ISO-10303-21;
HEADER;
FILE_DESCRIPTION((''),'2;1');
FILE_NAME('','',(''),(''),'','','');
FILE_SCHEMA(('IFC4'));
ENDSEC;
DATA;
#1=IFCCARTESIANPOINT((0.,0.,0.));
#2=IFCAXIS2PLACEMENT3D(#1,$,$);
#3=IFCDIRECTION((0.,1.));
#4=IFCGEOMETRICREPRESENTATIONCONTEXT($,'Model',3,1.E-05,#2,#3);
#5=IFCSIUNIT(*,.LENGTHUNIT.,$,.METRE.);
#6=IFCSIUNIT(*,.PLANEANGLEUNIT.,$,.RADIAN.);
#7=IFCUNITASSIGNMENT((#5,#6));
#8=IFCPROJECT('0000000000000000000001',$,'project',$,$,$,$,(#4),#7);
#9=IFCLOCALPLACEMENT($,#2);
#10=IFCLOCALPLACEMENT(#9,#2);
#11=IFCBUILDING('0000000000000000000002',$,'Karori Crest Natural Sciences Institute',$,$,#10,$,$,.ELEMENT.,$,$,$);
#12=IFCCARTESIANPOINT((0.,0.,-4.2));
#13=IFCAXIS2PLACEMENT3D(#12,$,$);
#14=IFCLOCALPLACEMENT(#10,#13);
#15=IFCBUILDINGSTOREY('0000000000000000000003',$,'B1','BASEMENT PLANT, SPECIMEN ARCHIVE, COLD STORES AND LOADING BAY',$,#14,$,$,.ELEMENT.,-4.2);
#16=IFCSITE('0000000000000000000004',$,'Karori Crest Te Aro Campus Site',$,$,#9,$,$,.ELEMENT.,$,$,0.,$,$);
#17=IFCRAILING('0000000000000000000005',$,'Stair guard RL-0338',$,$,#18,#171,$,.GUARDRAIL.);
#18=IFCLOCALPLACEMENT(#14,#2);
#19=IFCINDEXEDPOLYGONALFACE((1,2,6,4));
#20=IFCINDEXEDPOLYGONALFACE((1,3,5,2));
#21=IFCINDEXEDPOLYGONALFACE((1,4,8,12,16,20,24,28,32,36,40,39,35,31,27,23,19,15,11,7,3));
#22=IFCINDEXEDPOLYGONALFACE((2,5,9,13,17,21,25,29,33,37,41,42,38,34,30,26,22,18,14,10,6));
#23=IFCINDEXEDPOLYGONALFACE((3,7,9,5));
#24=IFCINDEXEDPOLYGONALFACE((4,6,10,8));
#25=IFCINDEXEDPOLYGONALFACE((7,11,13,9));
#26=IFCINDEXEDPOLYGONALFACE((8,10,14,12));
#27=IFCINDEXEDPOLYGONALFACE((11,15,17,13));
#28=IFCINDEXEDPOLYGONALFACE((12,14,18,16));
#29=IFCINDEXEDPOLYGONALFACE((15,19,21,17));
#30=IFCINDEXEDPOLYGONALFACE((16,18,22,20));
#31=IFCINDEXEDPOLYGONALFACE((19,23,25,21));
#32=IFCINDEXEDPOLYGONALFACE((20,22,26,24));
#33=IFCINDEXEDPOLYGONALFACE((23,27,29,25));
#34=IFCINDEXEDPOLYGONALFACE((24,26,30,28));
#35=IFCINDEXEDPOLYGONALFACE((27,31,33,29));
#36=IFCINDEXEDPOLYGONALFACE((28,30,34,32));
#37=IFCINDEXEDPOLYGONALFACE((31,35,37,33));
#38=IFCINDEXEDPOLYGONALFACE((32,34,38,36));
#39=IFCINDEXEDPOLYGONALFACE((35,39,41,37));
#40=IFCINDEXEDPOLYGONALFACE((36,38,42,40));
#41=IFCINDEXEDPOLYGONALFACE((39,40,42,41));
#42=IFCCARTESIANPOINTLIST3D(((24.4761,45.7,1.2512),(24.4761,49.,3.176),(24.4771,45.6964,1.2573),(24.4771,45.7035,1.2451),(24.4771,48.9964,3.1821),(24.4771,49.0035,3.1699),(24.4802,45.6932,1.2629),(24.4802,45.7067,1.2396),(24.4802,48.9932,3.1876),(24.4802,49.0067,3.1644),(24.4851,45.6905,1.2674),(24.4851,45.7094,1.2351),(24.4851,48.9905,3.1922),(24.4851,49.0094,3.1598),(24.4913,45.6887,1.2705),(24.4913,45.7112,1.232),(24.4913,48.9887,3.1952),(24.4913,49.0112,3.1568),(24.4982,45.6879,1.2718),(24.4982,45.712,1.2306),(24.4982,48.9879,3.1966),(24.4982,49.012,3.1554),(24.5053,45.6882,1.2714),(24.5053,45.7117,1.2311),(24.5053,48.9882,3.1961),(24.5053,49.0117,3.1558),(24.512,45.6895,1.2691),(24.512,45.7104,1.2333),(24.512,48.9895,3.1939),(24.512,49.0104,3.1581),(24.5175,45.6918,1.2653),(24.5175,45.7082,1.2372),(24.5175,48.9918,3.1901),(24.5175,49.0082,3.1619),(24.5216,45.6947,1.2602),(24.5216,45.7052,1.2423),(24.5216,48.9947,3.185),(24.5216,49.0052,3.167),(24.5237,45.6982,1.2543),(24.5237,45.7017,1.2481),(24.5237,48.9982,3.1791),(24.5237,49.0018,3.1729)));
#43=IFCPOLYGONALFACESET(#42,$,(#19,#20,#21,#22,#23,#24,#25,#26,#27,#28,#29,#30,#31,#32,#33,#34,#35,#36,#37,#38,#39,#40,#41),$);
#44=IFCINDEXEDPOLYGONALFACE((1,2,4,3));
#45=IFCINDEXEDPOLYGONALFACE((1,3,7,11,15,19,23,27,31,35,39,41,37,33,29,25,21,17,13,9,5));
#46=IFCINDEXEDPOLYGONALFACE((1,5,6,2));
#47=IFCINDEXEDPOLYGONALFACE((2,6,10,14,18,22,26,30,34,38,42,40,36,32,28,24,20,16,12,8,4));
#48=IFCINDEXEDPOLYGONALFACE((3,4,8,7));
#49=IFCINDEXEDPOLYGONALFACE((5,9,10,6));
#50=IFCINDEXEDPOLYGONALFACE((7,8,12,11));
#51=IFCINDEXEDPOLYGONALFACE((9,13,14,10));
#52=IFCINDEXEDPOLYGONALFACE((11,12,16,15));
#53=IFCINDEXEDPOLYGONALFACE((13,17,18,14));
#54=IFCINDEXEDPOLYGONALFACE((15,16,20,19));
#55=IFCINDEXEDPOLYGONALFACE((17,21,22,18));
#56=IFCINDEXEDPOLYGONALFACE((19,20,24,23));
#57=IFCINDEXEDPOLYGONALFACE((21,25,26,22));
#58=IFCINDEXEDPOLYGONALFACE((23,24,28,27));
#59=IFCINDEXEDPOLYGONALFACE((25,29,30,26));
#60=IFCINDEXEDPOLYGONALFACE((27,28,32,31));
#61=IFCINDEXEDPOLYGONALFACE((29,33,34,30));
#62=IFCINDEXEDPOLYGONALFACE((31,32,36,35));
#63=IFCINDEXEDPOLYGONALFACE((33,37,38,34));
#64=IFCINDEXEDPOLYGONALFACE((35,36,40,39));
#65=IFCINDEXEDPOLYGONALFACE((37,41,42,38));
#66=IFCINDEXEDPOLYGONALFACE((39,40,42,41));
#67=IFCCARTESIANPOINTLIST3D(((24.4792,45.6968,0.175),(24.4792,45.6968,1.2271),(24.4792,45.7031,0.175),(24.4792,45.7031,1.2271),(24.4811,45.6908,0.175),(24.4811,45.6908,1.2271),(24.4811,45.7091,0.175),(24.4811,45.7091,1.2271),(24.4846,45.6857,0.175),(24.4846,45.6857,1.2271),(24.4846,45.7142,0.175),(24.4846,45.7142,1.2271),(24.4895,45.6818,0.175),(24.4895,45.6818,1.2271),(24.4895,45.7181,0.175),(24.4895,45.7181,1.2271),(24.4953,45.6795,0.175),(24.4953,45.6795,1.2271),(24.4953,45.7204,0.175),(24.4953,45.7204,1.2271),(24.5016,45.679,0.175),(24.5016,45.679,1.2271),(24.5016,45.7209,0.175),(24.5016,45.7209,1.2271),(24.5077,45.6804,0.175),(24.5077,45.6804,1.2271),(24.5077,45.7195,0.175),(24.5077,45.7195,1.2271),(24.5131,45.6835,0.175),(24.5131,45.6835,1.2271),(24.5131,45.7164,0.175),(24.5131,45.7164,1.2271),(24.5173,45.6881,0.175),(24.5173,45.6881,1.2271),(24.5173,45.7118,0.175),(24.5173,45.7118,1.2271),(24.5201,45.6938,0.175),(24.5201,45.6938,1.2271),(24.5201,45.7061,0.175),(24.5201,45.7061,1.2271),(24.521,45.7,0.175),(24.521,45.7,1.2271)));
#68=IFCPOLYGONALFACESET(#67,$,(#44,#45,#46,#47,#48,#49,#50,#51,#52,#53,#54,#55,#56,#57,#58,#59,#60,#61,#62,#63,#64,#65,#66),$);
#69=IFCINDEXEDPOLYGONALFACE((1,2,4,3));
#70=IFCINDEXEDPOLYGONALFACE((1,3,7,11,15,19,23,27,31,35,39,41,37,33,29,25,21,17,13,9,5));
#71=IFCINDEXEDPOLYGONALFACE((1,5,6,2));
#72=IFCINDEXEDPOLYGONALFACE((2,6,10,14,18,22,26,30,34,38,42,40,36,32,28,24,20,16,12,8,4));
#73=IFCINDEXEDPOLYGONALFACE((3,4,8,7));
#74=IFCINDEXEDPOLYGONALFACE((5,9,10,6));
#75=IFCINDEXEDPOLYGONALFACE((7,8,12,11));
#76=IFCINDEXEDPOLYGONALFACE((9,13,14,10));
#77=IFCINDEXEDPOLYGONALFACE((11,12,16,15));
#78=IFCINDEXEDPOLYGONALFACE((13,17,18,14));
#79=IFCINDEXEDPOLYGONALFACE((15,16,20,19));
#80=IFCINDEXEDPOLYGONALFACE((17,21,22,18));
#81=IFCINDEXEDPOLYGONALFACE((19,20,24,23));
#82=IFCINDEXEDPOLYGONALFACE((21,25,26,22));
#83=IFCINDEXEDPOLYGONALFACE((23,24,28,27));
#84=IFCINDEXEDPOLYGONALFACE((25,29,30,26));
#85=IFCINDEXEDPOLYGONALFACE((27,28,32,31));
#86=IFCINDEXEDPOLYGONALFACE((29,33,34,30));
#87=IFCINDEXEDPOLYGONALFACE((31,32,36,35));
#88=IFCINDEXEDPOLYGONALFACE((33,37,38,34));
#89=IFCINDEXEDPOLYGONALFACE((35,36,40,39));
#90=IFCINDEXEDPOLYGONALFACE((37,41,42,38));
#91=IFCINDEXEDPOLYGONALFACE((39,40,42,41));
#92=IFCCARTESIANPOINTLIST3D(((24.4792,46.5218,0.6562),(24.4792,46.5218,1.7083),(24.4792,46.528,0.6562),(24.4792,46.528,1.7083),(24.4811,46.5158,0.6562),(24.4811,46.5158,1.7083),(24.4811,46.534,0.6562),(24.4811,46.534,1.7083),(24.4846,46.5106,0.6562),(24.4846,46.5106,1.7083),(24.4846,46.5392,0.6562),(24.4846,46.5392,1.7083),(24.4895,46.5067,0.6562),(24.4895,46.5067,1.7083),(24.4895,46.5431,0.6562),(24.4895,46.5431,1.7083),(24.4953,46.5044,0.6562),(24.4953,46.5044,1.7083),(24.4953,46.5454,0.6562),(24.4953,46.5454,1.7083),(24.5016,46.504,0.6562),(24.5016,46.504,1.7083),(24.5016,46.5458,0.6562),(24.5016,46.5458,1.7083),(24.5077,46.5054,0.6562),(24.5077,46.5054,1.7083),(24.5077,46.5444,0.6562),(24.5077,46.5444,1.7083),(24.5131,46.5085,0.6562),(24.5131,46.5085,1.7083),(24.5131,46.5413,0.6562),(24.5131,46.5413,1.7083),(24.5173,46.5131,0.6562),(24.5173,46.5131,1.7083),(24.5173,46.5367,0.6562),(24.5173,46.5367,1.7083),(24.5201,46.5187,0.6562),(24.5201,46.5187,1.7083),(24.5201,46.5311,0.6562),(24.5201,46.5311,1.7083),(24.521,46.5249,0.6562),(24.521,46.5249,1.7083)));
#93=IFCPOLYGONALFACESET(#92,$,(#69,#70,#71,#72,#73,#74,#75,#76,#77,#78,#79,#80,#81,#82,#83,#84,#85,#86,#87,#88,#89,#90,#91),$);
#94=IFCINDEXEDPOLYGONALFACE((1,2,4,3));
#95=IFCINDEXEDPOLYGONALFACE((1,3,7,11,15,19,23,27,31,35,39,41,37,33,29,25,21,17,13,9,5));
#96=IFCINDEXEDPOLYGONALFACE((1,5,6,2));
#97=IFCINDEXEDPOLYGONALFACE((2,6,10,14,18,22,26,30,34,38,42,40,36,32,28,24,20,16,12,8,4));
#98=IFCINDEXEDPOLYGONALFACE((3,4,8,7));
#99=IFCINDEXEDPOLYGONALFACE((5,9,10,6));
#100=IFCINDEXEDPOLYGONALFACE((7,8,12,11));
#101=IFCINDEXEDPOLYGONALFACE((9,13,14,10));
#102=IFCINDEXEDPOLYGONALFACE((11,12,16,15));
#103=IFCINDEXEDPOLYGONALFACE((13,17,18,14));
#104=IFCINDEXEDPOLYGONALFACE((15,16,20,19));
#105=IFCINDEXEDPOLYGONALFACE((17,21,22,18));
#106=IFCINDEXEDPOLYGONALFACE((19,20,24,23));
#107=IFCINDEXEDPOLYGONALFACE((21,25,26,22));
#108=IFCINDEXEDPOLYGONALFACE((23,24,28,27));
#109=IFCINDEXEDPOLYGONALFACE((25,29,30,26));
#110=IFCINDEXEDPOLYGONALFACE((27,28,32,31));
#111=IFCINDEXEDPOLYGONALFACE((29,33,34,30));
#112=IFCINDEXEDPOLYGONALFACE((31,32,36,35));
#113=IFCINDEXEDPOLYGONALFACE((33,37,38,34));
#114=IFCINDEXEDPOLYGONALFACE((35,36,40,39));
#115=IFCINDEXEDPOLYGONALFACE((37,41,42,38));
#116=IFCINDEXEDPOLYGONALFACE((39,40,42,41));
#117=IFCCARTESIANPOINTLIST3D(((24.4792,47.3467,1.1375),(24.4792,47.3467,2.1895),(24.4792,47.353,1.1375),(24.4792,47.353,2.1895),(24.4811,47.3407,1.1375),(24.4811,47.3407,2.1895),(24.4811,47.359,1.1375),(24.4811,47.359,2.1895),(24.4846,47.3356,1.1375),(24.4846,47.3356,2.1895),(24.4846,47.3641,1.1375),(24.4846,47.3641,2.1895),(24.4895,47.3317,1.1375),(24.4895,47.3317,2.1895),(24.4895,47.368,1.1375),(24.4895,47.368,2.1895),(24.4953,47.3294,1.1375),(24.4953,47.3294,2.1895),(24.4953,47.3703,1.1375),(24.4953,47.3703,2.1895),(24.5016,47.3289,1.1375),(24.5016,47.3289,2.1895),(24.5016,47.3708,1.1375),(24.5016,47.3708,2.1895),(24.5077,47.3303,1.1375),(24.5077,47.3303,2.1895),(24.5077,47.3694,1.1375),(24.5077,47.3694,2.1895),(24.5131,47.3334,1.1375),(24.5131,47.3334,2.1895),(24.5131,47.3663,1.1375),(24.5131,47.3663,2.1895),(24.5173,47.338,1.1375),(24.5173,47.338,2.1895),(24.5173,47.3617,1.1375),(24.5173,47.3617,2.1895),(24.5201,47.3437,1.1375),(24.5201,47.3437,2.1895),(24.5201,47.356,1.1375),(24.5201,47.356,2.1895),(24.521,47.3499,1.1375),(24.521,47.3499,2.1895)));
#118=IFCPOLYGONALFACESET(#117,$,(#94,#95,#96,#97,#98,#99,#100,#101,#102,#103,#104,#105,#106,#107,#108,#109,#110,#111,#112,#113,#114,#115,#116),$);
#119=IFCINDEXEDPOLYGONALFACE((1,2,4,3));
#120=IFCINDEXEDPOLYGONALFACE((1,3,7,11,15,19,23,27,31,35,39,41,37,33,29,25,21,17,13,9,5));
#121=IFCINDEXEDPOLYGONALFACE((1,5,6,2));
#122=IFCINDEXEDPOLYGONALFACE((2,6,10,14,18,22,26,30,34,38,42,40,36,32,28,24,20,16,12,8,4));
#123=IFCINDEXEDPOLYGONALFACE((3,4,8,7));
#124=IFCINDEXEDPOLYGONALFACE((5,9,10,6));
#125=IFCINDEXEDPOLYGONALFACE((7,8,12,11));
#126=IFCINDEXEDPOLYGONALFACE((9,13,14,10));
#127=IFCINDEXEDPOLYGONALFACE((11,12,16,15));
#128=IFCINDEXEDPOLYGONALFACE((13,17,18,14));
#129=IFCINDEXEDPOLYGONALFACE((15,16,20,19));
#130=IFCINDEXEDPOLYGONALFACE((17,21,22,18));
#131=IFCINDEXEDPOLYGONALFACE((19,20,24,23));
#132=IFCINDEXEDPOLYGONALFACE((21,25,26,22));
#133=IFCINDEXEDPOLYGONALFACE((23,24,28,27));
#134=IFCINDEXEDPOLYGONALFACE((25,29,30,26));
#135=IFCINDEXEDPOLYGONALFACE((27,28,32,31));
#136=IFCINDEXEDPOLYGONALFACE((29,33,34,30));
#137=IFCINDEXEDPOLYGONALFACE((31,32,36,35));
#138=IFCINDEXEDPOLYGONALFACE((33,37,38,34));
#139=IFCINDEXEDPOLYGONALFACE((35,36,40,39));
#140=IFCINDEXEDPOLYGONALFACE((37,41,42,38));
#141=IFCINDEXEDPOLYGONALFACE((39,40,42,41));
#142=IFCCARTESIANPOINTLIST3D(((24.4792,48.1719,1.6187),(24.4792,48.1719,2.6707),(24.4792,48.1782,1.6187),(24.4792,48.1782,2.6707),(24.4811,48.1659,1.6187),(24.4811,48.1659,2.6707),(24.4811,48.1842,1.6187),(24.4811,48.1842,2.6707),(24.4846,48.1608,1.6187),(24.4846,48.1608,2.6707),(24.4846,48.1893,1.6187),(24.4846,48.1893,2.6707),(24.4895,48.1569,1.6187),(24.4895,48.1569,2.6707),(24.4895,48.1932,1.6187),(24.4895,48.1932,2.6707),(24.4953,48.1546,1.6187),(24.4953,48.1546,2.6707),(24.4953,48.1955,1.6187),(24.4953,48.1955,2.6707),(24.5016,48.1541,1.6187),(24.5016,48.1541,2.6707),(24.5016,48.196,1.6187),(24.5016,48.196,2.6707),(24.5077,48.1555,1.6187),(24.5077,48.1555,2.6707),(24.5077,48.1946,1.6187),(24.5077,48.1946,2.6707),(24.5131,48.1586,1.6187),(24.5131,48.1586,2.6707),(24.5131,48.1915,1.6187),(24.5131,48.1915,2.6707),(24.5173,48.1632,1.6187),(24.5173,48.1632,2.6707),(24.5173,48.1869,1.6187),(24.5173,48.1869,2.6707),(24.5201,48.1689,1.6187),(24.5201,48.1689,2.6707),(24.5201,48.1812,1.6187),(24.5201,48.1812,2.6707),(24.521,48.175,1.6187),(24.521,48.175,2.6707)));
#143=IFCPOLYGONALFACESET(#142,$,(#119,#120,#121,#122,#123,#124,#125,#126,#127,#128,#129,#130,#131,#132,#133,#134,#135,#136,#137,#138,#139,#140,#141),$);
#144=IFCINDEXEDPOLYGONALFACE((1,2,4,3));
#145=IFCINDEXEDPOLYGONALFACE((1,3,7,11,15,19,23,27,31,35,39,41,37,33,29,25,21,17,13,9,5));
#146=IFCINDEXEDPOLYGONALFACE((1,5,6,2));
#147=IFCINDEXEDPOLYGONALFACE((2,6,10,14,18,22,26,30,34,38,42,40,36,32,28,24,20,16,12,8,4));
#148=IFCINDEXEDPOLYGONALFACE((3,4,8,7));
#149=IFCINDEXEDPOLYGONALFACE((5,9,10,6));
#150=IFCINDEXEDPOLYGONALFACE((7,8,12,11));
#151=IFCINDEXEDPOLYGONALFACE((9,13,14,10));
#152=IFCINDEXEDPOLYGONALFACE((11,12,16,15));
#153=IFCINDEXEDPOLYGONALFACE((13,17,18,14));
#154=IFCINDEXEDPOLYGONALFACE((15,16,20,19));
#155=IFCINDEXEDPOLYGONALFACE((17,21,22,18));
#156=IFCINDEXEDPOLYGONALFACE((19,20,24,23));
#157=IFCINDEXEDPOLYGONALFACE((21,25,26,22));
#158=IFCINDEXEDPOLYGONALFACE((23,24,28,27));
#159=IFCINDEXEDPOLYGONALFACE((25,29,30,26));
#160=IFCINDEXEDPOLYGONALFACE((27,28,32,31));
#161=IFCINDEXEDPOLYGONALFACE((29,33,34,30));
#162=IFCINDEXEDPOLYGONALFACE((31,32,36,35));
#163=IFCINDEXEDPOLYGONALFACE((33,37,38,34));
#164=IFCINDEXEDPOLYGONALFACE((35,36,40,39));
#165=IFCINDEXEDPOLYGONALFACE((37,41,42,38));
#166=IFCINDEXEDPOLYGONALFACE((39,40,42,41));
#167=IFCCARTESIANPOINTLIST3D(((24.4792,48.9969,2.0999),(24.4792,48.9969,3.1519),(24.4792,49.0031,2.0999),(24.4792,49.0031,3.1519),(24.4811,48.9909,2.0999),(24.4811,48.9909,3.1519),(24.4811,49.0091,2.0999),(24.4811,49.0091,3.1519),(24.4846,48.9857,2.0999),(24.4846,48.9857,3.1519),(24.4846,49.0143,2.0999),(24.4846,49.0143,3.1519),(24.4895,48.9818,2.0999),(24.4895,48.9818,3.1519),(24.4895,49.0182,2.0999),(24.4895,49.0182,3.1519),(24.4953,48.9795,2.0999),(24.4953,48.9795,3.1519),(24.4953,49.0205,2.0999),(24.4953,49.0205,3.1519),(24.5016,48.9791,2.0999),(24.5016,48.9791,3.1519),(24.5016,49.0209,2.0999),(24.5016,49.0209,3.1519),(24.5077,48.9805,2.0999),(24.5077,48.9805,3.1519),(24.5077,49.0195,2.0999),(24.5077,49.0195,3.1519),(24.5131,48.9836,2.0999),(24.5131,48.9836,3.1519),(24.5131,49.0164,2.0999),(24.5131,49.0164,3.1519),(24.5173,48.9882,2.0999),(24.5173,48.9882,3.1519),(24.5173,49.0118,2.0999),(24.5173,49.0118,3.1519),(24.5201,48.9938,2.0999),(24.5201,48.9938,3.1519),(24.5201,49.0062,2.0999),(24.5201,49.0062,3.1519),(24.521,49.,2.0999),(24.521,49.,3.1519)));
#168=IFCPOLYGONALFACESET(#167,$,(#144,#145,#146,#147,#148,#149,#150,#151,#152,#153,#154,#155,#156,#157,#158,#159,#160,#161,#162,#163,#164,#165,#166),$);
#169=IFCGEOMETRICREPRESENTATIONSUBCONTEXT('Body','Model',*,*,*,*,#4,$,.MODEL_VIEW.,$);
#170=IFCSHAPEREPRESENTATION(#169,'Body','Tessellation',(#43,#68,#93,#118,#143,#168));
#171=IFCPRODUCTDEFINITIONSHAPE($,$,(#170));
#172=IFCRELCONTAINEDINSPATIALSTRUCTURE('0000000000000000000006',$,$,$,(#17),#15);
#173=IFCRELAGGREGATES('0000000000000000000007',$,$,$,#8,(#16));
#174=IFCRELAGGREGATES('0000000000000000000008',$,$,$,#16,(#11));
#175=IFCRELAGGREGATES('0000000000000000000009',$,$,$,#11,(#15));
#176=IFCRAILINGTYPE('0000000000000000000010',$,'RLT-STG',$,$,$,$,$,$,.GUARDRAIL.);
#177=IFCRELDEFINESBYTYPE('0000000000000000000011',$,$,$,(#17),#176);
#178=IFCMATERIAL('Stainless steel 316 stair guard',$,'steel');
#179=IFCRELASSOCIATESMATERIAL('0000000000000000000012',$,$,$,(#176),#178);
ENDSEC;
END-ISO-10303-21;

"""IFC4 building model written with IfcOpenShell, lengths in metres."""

from ifc_helpers import new_model, si_unit, direction, frame, origin, origin_2d, place, context, subcontext, project, spatial, circle, extrude, material, type_object, element, save


model = new_model("IFC4")

# Units and contexts
model_context = context("Model", 3, precision=1e-05, world=origin(), true_north=direction((0.0, 1.0)))
body_context = subcontext(model_context, "Body", "Model", "MODEL_VIEW")
ifc_project = project(units=[si_unit("LENGTHUNIT", "METRE"), si_unit("PLANEANGLEUNIT", "RADIAN")], contexts=[model_context])

# Site, building, storey
site_placement = place(None, origin())
site = spatial("IfcSite", under=ifc_project, at=site_placement, Name="Karori Crest Te Aro Campus Site", CompositionType="ELEMENT", RefElevation=0.0)
building_placement = place(site_placement, origin())
building = spatial("IfcBuilding", under=site, at=building_placement, Name="Karori Crest Natural Sciences Institute", CompositionType="ELEMENT")
storey_placement = place(building_placement, frame((0.0, 0.0, -4.2)))
storey = spatial("IfcBuildingStorey", under=building, at=storey_placement, Name="B1", Description="BASEMENT PLANT, SPECIMEN ARCHIVE, COLD STORES AND LOADING BAY", CompositionType="ELEMENT", Elevation=-4.2)

# Railing
ifc_material_1 = material(Name="Stainless steel 316 stair guard", Category="steel")
railing_type_1 = type_object("IfcRailingType", Name="RLT-STG", PredefinedType="GUARDRAIL", material=ifc_material_1)
railing_1_placement = place(storey_placement, frame((24.5, 45.7, 0.175)))
element("IfcRailing", 1, at=railing_1_placement, inside=storey, type_object=railing_type_1, Name="Stair guard RL-0338", PredefinedType="GUARDRAIL", context=body_context, shape_type="SweptSolid", body=[
    extrude(circle(Radius=0.0239, at=origin_2d()), frame((0.0, 0.0, 1.0762), z_axis=(0.0, 0.863804, 0.503827), x_axis=(-1.0, 0.0, 0.0)), (0.0, 0.0, 1.0), 3.8203),
    extrude(circle(Radius=0.021, at=origin_2d()), origin(), (0.0, 0.0, 1.0), 1.052),
    extrude(circle(Radius=0.021, at=origin_2d()), frame((0.0, 0.825, 0.4812)), (0.0, 0.0, 1.0), 1.052),
    extrude(circle(Radius=0.021, at=origin_2d()), frame((0.0, 1.6499, 0.9624)), (0.0, 0.0, 1.0), 1.052),
    extrude(circle(Radius=0.021, at=origin_2d()), frame((0.0, 2.4751, 1.4436)), (0.0, 0.0, 1.0), 1.052),
    extrude(circle(Radius=0.021, at=origin_2d()), frame((0.0, 3.3, 1.9248)), (0.0, 0.0, 1.0), 1.052),
])

save(model, "model.ifc")
